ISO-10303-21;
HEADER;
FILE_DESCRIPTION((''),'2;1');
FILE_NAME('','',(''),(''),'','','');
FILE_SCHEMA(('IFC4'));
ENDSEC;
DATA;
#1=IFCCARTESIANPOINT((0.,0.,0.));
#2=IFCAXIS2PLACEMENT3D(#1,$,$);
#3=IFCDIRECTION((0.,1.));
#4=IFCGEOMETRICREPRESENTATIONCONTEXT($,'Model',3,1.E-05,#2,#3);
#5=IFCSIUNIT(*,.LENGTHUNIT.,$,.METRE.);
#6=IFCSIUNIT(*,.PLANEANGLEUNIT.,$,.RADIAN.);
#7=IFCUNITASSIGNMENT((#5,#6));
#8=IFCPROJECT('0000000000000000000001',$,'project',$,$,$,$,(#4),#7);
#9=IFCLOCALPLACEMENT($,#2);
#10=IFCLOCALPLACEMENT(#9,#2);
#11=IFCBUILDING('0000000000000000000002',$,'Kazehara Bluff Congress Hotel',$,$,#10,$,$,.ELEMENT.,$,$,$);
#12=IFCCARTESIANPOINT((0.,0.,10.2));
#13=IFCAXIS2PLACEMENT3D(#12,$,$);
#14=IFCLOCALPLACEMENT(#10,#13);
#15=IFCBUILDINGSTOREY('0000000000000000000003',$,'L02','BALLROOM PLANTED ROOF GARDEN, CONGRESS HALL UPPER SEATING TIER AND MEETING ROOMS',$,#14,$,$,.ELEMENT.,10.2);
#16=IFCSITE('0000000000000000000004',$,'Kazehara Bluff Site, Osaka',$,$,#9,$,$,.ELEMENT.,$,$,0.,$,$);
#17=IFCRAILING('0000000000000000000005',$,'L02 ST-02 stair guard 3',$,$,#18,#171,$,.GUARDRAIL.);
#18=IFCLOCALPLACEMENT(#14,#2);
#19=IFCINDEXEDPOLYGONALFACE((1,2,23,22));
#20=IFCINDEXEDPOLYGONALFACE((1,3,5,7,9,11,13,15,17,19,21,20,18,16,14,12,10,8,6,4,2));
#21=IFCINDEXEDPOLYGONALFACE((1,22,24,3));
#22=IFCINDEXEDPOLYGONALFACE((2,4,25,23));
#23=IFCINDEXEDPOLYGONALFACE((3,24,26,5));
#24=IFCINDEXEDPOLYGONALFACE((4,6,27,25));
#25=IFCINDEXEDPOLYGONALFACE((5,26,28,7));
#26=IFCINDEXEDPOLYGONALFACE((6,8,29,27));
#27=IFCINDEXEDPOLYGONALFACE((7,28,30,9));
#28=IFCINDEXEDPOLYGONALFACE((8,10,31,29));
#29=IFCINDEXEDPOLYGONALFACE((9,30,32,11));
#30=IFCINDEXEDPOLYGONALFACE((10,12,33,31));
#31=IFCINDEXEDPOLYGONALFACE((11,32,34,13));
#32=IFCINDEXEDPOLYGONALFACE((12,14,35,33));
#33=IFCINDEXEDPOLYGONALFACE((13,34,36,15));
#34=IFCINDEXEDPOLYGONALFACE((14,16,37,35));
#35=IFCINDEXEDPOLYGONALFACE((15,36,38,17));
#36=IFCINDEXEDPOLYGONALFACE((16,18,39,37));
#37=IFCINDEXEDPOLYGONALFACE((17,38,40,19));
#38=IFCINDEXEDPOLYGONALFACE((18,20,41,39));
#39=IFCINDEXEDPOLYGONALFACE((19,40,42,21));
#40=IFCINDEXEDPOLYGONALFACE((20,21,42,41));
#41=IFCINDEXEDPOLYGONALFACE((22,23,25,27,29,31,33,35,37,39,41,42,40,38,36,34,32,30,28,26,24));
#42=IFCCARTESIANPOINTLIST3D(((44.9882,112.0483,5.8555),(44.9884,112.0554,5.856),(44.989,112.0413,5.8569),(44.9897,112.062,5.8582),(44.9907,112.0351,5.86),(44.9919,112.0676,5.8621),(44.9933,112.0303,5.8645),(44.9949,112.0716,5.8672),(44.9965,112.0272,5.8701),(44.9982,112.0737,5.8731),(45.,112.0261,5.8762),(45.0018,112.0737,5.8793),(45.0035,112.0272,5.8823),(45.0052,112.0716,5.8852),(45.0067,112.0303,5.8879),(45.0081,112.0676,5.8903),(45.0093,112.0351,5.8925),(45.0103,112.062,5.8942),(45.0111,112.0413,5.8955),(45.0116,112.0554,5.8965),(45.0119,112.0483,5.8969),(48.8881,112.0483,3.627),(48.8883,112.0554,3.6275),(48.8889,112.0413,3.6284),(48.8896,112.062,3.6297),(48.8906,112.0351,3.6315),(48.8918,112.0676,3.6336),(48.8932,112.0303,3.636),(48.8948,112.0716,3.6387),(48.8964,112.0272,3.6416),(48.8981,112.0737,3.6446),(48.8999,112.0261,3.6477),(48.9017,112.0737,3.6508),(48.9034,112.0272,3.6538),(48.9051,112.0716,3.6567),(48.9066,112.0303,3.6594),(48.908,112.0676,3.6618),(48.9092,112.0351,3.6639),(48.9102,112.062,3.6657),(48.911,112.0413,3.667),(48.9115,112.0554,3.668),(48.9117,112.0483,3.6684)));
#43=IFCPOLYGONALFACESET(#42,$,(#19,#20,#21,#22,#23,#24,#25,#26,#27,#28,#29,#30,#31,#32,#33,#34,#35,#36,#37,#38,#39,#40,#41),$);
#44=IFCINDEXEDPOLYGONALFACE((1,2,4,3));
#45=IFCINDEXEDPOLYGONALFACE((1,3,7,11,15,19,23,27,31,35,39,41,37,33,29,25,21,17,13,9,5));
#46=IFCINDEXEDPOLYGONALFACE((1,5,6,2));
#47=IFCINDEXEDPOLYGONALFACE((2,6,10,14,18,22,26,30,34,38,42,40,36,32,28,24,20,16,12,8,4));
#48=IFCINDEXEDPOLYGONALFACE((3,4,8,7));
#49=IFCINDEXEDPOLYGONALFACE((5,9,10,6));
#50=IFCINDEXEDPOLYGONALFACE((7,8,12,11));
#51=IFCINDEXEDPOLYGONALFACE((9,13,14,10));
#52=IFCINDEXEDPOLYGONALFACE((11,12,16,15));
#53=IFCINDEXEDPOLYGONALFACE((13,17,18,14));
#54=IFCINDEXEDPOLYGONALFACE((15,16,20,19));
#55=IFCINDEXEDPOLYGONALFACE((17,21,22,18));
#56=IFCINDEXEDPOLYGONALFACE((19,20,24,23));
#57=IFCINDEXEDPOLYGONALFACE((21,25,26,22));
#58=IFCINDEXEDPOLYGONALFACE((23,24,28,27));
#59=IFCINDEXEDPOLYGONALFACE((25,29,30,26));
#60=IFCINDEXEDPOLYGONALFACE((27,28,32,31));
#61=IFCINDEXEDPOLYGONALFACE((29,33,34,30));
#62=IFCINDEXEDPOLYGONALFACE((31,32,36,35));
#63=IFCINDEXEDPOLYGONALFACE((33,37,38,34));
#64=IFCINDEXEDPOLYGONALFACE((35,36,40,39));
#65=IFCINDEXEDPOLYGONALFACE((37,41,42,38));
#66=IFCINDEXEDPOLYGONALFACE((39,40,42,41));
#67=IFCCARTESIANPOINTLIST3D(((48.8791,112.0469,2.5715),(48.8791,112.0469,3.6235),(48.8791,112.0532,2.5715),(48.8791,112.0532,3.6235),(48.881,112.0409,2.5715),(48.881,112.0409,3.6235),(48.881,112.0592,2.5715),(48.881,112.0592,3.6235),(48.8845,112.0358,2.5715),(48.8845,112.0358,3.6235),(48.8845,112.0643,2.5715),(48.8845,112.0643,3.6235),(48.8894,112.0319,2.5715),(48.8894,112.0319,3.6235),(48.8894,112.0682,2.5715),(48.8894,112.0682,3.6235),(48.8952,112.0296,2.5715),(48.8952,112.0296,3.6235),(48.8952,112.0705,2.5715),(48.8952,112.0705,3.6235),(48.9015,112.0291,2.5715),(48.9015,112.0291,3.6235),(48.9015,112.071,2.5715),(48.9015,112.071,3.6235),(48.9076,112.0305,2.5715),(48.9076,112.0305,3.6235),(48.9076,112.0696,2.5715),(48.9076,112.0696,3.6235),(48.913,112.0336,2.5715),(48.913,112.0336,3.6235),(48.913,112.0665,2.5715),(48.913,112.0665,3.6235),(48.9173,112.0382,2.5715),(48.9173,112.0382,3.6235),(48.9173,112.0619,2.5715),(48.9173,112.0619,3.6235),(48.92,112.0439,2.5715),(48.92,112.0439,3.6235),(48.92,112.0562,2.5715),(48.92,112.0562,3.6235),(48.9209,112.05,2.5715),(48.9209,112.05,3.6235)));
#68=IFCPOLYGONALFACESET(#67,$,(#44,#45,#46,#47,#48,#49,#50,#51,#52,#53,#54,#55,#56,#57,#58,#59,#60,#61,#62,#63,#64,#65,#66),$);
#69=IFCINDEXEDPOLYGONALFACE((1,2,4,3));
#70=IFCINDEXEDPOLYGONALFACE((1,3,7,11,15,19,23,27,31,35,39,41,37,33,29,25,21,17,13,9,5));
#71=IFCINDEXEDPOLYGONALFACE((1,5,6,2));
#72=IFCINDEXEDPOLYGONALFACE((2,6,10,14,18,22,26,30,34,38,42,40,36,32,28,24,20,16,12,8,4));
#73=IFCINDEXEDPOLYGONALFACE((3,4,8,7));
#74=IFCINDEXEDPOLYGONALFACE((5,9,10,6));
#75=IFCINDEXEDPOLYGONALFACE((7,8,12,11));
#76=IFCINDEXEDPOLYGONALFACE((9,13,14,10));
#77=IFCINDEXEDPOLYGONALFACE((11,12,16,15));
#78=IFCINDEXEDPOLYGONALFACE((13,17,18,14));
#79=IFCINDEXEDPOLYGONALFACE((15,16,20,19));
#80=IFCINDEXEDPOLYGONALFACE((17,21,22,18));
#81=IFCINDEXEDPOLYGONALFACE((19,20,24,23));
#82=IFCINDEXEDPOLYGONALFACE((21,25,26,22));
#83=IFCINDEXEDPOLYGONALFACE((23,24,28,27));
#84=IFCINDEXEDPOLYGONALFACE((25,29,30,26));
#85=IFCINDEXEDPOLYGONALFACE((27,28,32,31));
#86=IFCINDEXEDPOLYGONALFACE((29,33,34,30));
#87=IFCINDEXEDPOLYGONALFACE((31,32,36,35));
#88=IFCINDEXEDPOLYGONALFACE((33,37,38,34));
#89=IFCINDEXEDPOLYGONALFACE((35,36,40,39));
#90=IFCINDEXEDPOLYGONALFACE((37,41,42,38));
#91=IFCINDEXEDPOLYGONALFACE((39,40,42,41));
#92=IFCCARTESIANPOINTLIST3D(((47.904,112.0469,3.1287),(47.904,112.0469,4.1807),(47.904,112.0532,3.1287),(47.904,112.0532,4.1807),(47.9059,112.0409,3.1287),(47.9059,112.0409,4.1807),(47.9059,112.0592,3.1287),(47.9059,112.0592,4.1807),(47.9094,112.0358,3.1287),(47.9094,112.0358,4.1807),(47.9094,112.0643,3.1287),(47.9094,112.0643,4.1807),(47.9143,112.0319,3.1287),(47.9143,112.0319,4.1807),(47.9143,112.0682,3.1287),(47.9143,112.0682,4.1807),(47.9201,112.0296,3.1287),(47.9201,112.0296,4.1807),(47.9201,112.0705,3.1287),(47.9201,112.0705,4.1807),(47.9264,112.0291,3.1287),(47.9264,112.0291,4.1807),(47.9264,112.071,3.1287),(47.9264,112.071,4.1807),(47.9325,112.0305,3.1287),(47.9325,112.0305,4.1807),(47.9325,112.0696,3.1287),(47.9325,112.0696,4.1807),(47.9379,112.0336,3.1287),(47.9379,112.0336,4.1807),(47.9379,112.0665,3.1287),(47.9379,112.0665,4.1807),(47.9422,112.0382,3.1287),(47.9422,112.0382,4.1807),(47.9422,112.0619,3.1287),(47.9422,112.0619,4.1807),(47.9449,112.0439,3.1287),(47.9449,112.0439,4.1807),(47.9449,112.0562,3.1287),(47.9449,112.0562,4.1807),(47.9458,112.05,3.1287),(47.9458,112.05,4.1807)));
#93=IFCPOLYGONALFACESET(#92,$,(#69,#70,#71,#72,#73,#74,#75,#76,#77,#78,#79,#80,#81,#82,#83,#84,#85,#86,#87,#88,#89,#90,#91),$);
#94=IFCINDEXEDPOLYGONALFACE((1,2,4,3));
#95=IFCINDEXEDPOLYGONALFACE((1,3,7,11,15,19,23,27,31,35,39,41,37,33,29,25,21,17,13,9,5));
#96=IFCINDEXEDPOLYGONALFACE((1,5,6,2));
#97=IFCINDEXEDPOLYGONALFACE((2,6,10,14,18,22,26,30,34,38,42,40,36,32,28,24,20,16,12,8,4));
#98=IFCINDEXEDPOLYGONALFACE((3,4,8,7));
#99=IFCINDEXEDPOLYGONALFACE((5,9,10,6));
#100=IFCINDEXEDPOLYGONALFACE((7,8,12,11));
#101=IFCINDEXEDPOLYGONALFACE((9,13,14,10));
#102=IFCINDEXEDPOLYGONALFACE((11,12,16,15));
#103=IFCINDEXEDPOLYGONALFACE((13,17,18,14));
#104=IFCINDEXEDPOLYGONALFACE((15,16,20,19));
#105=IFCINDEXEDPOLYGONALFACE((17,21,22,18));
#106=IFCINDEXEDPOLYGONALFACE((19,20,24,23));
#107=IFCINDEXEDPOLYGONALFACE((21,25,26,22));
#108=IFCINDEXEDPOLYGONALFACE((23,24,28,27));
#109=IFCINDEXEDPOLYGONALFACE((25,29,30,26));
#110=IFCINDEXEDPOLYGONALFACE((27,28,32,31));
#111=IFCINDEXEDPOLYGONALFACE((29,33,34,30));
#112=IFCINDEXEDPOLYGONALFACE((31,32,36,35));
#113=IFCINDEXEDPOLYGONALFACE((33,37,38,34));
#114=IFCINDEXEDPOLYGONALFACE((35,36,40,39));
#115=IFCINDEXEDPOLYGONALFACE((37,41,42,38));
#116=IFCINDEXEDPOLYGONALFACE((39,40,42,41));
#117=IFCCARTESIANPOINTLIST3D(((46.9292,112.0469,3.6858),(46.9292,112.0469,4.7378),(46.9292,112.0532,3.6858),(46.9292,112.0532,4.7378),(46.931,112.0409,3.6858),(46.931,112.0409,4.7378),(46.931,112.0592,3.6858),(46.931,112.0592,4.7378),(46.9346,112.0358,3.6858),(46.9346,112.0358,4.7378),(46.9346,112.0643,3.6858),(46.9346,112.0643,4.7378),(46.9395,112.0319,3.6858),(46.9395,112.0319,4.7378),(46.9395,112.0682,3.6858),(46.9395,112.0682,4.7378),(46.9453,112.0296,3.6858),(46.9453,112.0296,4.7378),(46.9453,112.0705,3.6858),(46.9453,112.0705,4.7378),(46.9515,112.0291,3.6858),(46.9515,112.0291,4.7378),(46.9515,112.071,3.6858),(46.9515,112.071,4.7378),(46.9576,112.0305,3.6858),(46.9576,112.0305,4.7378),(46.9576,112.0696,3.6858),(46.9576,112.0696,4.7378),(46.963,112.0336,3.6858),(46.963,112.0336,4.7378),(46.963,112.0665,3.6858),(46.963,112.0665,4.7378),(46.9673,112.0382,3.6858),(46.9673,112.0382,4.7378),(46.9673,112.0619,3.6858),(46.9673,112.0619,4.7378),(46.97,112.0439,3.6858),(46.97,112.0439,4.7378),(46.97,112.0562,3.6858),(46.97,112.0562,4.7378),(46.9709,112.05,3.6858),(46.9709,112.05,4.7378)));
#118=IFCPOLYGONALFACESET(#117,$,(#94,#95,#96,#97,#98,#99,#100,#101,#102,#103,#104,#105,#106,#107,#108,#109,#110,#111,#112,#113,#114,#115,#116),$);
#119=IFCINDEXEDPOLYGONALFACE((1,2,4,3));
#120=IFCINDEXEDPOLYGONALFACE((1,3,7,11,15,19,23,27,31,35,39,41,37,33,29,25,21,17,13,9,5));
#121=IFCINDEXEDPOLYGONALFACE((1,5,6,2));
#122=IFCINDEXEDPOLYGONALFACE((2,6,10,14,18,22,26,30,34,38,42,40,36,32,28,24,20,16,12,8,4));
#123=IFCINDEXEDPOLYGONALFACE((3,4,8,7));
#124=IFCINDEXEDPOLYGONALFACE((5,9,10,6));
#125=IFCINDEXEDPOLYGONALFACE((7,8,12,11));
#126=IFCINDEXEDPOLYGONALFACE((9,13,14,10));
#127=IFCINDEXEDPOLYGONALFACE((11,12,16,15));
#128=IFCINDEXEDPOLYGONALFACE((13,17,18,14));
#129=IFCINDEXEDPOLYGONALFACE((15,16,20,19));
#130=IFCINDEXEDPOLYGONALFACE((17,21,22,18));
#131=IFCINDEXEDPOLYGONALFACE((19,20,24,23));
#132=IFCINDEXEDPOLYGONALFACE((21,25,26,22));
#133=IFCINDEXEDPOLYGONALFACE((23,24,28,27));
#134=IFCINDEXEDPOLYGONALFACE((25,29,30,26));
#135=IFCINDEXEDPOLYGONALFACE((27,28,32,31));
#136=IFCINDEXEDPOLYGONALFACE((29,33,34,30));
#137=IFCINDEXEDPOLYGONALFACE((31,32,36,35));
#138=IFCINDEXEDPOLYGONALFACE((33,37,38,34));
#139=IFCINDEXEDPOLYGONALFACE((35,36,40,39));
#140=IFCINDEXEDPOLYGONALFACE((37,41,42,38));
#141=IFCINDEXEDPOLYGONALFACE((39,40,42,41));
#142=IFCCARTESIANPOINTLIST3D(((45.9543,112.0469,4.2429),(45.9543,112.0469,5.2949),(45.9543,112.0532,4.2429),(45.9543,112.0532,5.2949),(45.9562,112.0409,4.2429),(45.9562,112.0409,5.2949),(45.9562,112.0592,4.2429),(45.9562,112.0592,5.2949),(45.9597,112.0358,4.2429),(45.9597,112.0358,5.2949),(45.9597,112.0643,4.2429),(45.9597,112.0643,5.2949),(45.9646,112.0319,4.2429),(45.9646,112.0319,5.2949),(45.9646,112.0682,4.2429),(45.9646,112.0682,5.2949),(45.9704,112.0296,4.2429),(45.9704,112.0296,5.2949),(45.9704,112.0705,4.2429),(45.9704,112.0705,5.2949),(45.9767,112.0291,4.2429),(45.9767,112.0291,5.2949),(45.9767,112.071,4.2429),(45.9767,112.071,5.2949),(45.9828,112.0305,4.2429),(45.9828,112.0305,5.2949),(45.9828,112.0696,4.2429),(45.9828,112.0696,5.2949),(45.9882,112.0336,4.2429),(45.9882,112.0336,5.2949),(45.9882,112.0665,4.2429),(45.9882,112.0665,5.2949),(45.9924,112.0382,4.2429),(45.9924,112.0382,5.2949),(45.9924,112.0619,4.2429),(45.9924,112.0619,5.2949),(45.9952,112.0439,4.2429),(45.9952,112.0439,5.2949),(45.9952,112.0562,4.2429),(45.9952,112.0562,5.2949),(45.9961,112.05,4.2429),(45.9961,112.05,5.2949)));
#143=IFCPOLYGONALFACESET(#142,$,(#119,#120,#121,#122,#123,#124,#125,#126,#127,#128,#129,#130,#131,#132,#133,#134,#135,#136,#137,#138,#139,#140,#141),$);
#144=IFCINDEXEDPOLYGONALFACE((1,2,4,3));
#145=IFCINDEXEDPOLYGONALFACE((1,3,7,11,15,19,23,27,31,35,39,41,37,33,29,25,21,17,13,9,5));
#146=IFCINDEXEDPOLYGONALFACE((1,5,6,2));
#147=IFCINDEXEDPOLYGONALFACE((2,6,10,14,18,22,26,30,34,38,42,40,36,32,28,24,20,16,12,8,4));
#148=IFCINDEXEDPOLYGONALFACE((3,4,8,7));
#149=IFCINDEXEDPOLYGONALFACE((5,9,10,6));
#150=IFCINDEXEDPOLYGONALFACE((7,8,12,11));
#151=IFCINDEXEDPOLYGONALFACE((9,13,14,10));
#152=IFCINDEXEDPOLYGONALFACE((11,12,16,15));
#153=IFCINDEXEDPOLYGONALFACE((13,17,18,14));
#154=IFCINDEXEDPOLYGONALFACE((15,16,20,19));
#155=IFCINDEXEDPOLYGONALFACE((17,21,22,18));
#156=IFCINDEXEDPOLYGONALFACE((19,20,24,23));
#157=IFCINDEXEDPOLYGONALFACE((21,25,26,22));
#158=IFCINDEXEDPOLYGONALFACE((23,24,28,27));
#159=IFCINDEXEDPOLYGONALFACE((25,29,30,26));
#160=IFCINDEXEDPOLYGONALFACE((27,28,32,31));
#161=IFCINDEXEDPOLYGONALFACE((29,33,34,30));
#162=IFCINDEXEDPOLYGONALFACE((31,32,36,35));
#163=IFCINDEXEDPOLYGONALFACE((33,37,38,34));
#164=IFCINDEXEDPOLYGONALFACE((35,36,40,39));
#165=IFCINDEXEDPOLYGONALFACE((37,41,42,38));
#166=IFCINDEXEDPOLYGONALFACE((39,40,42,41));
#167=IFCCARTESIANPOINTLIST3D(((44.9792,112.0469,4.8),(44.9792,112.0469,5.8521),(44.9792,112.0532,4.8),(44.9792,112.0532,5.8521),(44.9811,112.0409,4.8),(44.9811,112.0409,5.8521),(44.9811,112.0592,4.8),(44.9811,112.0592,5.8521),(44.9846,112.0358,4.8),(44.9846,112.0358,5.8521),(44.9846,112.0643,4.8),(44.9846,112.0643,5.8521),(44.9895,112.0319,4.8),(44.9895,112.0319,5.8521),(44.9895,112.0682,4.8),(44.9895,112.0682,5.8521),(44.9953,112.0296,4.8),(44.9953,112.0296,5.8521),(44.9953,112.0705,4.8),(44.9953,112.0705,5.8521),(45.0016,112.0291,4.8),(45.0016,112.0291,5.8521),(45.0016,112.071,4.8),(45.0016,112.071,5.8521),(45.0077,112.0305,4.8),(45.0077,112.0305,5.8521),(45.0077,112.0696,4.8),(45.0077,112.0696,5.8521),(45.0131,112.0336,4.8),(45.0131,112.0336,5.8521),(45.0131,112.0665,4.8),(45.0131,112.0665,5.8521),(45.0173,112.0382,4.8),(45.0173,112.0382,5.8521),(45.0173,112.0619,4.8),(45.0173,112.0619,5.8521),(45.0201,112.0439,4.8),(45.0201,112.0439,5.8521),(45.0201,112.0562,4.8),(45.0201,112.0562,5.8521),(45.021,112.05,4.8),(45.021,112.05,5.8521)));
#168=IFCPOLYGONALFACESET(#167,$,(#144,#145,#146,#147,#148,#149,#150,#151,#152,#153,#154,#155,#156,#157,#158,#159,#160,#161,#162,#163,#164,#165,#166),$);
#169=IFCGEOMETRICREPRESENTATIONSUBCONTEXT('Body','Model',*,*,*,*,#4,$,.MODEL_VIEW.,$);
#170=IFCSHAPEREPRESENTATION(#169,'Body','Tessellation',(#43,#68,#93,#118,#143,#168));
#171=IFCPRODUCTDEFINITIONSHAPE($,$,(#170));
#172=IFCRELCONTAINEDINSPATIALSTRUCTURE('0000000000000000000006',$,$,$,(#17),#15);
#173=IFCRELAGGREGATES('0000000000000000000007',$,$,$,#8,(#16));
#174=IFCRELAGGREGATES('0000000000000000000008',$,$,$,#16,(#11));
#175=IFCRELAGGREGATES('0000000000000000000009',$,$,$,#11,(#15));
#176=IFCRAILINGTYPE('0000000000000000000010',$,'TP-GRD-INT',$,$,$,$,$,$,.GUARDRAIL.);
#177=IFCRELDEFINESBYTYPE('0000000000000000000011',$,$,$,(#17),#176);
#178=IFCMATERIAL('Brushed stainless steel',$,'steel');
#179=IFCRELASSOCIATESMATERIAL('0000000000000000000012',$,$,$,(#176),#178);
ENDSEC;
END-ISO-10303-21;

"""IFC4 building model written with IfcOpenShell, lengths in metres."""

from ifc_helpers import new_model, si_unit, direction, frame, origin, origin_2d, place, context, subcontext, project, spatial, circle, extrude, material, type_object, element, save


model = new_model("IFC4")

# Units and contexts
model_context = context("Model", 3, precision=1e-05, world=origin(), true_north=direction((0.0, 1.0)))
body_context = subcontext(model_context, "Body", "Model", "MODEL_VIEW")
ifc_project = project(units=[si_unit("LENGTHUNIT", "METRE"), si_unit("PLANEANGLEUNIT", "RADIAN")], contexts=[model_context])

# Site, building, storey
site_placement = place(None, origin())
site = spatial("IfcSite", under=ifc_project, at=site_placement, Name="Kazehara Bluff Site, Osaka", CompositionType="ELEMENT", RefElevation=0.0)
building_placement = place(site_placement, origin())
building = spatial("IfcBuilding", under=site, at=building_placement, Name="Kazehara Bluff Congress Hotel", CompositionType="ELEMENT")
storey_placement = place(building_placement, frame((0.0, 0.0, 10.2)))
storey = spatial("IfcBuildingStorey", under=building, at=storey_placement, Name="L02", Description="BALLROOM PLANTED ROOF GARDEN, CONGRESS HALL UPPER SEATING TIER AND MEETING ROOMS", CompositionType="ELEMENT", Elevation=10.2)

# Railing
ifc_material_1 = material(Name="Brushed stainless steel", Category="steel")
railing_type_1 = type_object("IfcRailingType", Name="TP-GRD-INT", PredefinedType="GUARDRAIL", material=ifc_material_1)
railing_1_placement = place(storey_placement, frame((48.8999, 112.05, 2.5715)))
element("IfcRailing", 1, at=railing_1_placement, inside=storey, type_object=railing_type_1, Name="L02 ST-02 stair guard 3", PredefinedType="GUARDRAIL", context=body_context, shape_type="SweptSolid", body=[
    extrude(circle(Radius=0.0239, at=origin_2d()), frame((0.0, 0.0, 1.0762), z_axis=(-0.868243, 0.0, 0.496139), x_axis=(0.0, -1.0, 0.0)), (0.0, 0.0, 1.0), 4.4917),
    extrude(circle(Radius=0.021, at=origin_2d()), origin(), (0.0, 0.0, 1.0), 1.052),
    extrude(circle(Radius=0.021, at=origin_2d()), frame((-0.9751, 0.0, 0.5571)), (0.0, 0.0, 1.0), 1.052),
    extrude(circle(Radius=0.021, at=origin_2d()), frame((-1.95, 0.0, 1.1143)), (0.0, 0.0, 1.0), 1.052),
    extrude(circle(Radius=0.021, at=origin_2d()), frame((-2.9248, 0.0, 1.6714)), (0.0, 0.0, 1.0), 1.052),
    extrude(circle(Radius=0.021, at=origin_2d()), frame((-3.8999, 0.0, 2.2285)), (0.0, 0.0, 1.0), 1.052),
])

save(model, "model.ifc")
